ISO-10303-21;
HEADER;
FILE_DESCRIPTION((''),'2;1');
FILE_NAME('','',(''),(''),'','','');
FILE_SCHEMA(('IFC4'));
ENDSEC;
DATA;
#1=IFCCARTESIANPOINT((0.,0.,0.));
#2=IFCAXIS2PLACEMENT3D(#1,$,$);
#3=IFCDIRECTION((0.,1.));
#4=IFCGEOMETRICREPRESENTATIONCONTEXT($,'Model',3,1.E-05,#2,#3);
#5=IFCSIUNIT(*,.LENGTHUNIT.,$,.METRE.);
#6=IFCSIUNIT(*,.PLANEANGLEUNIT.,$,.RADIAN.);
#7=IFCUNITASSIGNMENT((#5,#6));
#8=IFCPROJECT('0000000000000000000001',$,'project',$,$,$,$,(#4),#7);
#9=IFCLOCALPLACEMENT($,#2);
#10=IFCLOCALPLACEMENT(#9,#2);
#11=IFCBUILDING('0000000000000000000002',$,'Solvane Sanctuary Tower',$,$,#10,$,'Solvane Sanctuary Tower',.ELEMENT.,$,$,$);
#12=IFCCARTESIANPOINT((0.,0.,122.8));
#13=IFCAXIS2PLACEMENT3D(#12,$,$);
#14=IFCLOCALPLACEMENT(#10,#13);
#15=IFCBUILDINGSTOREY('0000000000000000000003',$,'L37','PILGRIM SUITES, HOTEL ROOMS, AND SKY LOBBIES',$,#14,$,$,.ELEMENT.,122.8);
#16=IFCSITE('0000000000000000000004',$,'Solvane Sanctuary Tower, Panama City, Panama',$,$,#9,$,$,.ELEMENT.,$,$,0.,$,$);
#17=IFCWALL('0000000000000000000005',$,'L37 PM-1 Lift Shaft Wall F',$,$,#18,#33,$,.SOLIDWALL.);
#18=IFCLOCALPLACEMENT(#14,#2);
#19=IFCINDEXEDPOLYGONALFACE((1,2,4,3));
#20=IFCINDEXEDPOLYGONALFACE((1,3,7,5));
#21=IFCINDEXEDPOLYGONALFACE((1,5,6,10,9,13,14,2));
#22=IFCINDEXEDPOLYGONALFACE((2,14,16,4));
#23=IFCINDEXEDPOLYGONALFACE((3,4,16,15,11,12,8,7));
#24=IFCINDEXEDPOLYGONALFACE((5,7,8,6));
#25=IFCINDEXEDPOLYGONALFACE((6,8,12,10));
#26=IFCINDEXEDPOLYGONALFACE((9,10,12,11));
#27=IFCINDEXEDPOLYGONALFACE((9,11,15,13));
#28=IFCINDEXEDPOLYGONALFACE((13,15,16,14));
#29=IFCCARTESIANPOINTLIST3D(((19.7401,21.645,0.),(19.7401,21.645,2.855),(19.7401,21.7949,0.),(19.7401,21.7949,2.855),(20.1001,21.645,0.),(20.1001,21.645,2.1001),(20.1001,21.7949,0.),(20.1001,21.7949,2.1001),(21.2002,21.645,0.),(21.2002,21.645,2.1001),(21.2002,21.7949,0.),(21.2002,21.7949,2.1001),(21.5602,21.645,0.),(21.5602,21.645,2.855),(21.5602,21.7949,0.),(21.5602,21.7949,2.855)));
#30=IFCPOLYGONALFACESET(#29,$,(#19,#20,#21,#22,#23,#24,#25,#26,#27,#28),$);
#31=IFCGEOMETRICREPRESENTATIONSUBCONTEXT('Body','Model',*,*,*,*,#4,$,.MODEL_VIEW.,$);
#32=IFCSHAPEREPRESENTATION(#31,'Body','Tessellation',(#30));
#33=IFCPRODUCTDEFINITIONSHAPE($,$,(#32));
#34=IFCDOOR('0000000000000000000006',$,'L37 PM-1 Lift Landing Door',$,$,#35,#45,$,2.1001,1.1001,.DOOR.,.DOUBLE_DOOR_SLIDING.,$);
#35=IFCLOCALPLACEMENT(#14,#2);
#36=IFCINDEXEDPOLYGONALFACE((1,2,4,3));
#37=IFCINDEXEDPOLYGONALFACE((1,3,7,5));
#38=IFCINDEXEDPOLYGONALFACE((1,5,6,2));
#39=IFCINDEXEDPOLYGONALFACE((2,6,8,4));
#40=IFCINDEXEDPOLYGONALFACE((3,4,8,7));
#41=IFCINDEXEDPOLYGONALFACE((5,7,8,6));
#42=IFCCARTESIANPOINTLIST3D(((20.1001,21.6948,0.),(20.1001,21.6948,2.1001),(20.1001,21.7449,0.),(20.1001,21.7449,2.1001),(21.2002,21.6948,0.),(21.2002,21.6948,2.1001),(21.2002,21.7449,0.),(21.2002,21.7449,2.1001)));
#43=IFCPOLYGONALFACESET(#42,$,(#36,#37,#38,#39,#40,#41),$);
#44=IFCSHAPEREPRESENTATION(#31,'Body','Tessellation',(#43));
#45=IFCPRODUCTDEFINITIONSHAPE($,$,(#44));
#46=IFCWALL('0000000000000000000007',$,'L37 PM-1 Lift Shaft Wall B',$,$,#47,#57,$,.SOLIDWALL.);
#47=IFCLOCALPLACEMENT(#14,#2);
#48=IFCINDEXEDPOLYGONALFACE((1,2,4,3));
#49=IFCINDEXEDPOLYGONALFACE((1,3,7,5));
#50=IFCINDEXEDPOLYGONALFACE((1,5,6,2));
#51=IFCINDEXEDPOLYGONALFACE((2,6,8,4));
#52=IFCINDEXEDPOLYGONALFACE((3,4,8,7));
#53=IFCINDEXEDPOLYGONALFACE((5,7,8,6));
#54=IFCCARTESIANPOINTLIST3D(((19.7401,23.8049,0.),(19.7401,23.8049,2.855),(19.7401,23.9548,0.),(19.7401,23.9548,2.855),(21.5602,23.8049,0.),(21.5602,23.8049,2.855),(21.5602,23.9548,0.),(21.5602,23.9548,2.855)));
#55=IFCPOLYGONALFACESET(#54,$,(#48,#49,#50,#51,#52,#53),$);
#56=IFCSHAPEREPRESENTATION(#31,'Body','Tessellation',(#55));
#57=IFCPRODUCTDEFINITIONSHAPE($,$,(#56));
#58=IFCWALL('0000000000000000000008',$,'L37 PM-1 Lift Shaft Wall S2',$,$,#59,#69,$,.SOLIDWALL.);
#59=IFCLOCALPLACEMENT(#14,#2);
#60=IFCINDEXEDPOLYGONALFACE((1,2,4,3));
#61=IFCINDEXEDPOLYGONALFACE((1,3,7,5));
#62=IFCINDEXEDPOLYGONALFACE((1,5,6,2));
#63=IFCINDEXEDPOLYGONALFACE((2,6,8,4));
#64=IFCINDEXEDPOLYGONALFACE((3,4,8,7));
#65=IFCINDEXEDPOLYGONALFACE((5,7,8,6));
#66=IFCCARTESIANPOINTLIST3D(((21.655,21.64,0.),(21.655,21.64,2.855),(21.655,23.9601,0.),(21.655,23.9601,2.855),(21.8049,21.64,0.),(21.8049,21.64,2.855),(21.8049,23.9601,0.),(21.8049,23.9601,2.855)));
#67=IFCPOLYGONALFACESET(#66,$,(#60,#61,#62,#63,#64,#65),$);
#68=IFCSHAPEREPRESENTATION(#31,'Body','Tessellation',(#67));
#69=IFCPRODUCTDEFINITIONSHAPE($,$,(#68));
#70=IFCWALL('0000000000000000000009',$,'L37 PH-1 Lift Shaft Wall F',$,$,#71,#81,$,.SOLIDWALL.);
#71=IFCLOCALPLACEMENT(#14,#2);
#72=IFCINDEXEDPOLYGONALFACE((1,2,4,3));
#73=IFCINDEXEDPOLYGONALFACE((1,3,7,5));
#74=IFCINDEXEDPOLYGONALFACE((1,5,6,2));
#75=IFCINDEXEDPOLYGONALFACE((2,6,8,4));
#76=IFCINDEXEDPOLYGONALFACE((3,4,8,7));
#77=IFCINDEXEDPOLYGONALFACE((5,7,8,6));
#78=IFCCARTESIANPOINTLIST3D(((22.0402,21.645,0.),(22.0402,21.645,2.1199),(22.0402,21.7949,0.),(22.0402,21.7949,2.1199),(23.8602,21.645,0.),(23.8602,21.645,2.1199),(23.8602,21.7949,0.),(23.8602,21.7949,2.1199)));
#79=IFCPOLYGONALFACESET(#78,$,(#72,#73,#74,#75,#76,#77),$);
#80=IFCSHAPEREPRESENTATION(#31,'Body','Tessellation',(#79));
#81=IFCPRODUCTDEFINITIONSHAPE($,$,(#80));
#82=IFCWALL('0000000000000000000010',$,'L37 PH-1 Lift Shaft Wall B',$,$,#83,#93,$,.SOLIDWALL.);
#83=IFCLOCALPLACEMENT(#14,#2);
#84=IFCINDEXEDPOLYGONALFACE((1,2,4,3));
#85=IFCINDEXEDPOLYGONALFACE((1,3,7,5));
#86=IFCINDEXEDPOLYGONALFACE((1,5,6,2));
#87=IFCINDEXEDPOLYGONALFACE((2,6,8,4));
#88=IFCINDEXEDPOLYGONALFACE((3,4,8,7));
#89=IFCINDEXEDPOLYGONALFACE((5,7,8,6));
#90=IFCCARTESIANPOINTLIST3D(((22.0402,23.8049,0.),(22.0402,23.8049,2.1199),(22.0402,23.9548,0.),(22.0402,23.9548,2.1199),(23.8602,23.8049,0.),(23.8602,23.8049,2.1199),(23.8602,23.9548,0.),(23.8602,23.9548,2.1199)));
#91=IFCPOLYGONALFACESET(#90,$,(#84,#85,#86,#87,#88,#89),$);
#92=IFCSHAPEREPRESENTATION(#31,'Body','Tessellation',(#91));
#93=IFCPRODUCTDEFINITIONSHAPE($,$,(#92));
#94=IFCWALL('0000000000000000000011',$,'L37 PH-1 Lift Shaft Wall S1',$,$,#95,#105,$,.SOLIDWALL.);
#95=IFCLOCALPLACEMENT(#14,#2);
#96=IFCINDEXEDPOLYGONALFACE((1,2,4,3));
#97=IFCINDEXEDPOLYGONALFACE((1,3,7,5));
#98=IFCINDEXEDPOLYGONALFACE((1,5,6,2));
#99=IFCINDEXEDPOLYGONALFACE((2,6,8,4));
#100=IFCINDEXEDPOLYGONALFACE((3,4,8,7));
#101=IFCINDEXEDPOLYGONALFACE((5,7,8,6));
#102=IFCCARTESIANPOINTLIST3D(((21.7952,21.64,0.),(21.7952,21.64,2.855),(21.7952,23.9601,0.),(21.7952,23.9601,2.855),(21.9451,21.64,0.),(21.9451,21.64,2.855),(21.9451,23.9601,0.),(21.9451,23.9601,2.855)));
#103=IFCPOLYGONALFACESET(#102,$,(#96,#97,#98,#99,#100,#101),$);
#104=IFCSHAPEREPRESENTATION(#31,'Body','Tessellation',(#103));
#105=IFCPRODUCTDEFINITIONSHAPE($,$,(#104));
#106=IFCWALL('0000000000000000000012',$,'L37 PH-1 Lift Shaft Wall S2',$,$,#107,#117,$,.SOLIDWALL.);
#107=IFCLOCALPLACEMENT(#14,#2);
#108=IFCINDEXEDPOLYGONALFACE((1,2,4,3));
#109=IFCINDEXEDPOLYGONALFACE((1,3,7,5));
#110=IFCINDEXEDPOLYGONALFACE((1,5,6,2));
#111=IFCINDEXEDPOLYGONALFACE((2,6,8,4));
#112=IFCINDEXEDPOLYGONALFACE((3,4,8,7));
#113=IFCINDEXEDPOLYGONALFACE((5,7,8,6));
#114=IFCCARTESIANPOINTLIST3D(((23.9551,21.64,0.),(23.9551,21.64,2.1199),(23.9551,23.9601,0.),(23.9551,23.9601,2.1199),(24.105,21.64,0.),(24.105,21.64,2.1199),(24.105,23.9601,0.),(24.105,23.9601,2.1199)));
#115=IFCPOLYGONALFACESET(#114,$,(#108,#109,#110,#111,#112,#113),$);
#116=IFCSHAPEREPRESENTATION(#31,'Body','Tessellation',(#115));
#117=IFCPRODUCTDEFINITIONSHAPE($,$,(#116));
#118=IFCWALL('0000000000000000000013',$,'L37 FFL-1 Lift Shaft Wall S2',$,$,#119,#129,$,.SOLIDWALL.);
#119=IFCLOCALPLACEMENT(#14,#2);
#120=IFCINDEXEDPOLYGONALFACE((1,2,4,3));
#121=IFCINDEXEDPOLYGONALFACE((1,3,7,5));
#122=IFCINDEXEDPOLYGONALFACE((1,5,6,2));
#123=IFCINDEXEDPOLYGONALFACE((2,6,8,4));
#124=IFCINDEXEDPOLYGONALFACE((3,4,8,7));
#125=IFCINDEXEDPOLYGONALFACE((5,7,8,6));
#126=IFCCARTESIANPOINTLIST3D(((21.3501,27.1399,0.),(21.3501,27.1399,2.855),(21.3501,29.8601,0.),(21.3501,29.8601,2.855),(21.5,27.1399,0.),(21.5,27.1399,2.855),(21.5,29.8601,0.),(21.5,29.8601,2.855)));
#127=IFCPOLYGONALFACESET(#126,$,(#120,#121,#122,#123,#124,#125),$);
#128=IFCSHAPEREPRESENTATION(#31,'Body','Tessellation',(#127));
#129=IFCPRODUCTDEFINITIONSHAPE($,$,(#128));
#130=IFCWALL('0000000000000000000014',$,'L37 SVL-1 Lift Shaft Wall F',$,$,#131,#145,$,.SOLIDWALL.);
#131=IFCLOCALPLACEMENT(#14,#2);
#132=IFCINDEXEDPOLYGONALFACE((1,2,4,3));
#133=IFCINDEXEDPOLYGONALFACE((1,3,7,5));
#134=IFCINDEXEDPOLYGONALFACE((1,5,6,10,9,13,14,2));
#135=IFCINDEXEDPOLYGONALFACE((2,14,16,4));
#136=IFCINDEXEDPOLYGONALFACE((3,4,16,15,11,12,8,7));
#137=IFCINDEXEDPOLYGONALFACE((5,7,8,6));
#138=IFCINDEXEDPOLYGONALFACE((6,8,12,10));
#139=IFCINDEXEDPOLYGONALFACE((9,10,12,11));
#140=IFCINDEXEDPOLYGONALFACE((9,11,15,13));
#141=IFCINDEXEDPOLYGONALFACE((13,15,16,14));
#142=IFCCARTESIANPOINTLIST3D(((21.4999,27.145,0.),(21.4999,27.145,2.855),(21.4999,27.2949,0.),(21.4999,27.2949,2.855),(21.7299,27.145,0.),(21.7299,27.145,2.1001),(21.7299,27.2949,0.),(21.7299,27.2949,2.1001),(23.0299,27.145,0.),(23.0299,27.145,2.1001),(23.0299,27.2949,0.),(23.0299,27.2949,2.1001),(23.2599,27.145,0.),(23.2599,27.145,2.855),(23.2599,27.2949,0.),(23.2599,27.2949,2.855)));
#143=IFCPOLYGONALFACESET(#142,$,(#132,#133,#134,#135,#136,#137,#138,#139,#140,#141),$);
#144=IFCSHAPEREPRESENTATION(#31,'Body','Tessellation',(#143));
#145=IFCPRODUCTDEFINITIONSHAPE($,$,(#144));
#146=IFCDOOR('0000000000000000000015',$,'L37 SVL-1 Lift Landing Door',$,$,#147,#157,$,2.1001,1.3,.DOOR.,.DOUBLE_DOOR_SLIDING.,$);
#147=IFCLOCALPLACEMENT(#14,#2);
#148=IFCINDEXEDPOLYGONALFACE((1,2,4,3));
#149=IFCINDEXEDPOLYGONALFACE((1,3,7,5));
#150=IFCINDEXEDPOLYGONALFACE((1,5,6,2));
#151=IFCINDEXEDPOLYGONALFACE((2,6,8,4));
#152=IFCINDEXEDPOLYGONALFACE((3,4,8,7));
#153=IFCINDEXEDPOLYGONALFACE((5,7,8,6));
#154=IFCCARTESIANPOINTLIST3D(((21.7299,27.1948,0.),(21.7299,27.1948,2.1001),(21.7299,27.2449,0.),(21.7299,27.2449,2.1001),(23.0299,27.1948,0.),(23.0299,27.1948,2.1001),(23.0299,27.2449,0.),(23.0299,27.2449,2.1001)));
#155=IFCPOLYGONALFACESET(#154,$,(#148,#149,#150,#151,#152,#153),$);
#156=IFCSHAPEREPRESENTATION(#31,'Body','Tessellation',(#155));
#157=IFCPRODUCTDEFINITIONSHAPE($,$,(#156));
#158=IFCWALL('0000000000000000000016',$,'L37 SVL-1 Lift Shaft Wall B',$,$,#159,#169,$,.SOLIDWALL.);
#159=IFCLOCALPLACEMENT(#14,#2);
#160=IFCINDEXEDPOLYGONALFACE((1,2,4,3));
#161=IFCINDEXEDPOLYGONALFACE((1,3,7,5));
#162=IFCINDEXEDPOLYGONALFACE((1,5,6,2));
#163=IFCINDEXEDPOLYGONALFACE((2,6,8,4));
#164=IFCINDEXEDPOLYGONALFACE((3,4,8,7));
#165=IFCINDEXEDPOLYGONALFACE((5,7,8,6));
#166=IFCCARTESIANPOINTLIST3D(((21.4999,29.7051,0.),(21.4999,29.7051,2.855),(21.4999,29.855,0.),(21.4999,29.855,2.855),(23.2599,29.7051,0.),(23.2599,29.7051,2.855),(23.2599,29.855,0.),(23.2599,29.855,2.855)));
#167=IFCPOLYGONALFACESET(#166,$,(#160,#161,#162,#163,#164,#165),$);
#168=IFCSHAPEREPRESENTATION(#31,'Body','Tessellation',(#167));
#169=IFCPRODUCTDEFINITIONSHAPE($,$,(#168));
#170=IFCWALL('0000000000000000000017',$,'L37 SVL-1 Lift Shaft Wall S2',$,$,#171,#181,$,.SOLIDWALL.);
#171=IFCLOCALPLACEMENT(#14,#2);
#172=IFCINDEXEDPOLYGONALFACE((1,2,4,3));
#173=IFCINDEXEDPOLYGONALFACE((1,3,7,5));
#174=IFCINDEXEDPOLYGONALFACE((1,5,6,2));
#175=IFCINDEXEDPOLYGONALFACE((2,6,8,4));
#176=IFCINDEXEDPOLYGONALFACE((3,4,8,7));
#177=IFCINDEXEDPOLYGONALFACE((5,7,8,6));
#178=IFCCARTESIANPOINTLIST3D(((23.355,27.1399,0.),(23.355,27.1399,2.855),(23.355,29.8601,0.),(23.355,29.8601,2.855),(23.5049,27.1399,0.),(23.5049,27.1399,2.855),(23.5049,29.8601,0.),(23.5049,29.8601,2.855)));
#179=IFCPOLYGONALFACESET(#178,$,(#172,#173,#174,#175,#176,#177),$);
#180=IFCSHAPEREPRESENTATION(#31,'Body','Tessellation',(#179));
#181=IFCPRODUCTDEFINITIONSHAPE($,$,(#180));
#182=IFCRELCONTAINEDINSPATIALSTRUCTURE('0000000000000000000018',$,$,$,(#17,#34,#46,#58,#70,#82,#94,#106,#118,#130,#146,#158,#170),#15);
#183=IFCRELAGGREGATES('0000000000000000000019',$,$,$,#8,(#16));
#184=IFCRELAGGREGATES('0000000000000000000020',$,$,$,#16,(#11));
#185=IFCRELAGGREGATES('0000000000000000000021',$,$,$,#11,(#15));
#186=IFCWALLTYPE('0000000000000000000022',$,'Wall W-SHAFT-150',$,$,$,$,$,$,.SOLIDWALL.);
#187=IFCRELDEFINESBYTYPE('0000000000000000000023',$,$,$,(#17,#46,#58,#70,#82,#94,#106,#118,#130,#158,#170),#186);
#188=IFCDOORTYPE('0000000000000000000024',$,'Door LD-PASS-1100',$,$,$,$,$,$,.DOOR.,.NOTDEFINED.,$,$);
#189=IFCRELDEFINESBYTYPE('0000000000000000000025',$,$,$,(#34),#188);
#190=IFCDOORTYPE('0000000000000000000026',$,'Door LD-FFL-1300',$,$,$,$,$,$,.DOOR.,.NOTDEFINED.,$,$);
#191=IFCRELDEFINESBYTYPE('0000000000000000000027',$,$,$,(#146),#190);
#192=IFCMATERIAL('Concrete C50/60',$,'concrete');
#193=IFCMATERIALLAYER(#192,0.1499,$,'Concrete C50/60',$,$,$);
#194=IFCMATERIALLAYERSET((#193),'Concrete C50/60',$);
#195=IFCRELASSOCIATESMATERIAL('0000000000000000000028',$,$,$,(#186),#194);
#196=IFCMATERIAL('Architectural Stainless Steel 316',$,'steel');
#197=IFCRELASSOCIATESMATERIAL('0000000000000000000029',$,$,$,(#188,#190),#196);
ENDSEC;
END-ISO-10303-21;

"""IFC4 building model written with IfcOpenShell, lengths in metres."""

from ifc_helpers import new_model, si_unit, direction, frame, frame_2d, origin, place, context, subcontext, project, spatial, rectangle, extrude, material, layer, layer_set, type_object, element, fill, save


model = new_model("IFC4")

# Units and contexts
model_context = context("Model", 3, precision=1e-05, world=origin(), true_north=direction((0.0, 1.0)))
body_context = subcontext(model_context, "Body", "Model", "MODEL_VIEW")
ifc_project = project(units=[si_unit("LENGTHUNIT", "METRE"), si_unit("PLANEANGLEUNIT", "RADIAN")], contexts=[model_context])

# Site, building, storey
site_placement = place(None, origin())
site = spatial("IfcSite", under=ifc_project, at=site_placement, Name="Solvane Sanctuary Tower, Panama City, Panama", CompositionType="ELEMENT", RefElevation=0.0)
building_placement = place(site_placement, origin())
building = spatial("IfcBuilding", under=site, at=building_placement, Name="Solvane Sanctuary Tower", LongName="Solvane Sanctuary Tower", CompositionType="ELEMENT")
storey_placement = place(building_placement, frame((0.0, 0.0, 122.8)))
storey = spatial("IfcBuildingStorey", under=building, at=storey_placement, Name="L37", Description="PILGRIM SUITES, HOTEL ROOMS, AND SKY LOBBIES", CompositionType="ELEMENT", Elevation=122.8)

# Shared definitions
ifc_material_1 = material(Name="Architectural Stainless Steel 316", Category="steel")

# Wall, opening, door
ifc_material_2 = material(Name="Concrete C50/60", Category="concrete")
ifc_layer_1 = layer(ifc_material_2, 0.1499, Name="Concrete C50/60")
ifc_layer_set_1 = layer_set([ifc_layer_1], Name="Concrete C50/60")
wall_type_1 = type_object("IfcWallType", Name="Wall W-SHAFT-150", PredefinedType="SOLIDWALL", material=ifc_layer_set_1)
wall_1_placement = place(storey_placement, frame((19.74, 21.72, 0.0), z_axis=(0.0, 0.0, 1.0), x_axis=(1.0, 0.0, 0.0)))
wall_1 = element("IfcWall", 1, at=wall_1_placement, inside=storey, type_object=wall_type_1, Name="L37 PM-1 Lift Shaft Wall F", PredefinedType="SOLIDWALL", context=body_context, shape_type="SweptSolid", body=[
    extrude(rectangle(XDim=1.8201, YDim=0.1499, at=frame_2d((0.9102, 0.0))), origin(), (0.0, 0.0, 1.0), 2.855),
])
opening_1_placement = place(wall_1_placement, frame((0.3601, 0.0, 0.0)))
opening_1 = element("IfcOpeningElement", 2, at=opening_1_placement, cuts=wall_1, PredefinedType="OPENING", context=body_context, shape_type="SweptSolid", body=[
    extrude(rectangle(XDim=1.1001, YDim=2.1001, at=frame_2d((0.55, 1.05))), frame((0.0, 0.085, 0.0), z_axis=(0.0, -1.0, 0.0), x_axis=(1.0, 0.0, 0.0)), (0.0, 0.0, 1.0), 0.1699),
])
door_type_1 = type_object("IfcDoorType", Name="Door LD-PASS-1100", OperationType="NOTDEFINED", PredefinedType="DOOR", material=ifc_material_1)
door_1_placement = place(opening_1_placement, origin())
door_1 = element("IfcDoor", 3, at=door_1_placement, inside=storey, type_object=door_type_1, Name="L37 PM-1 Lift Landing Door", OperationType="DOUBLE_DOOR_SLIDING", OverallHeight=2.1001, OverallWidth=1.1001, PredefinedType="DOOR", context=body_context, shape_type="SweptSolid", body=[
    extrude(rectangle(XDim=1.1001, YDim=2.1001, at=frame_2d((0.55, 1.05))), frame((0.0, 0.0249, 0.0), z_axis=(0.0, -1.0, 0.0), x_axis=(1.0, 0.0, 0.0)), (0.0, 0.0, 1.0), 0.05),
])
fill(opening_1, door_1)

# Walls
wall_2_placement = place(storey_placement, frame((19.74, 23.8799, 0.0), z_axis=(0.0, 0.0, 1.0), x_axis=(1.0, 0.0, 0.0)))
element("IfcWall", 4, at=wall_2_placement, inside=storey, type_object=wall_type_1, Name="L37 PM-1 Lift Shaft Wall B", PredefinedType="SOLIDWALL", context=body_context, shape_type="SweptSolid", body=[
    extrude(rectangle(XDim=1.8201, YDim=0.1499, at=frame_2d((0.9102, 0.0))), origin(), (0.0, 0.0, 1.0), 2.855),
])
wall_3_placement = place(storey_placement, frame((21.73, 21.6399, 0.0), z_axis=(0.0, 0.0, 1.0), x_axis=(0.0, 1.0, 0.0)))
element("IfcWall", 5, at=wall_3_placement, inside=storey, type_object=wall_type_1, Name="L37 PM-1 Lift Shaft Wall S2", PredefinedType="SOLIDWALL", context=body_context, shape_type="SweptSolid", body=[
    extrude(rectangle(XDim=2.3201, YDim=0.1499, at=frame_2d((1.1602, 0.0))), origin(), (0.0, 0.0, 1.0), 2.855),
])
for number, where, z_axis, x_axis, name in (
    (6, (22.04, 21.72, 0.0), (0.0, 0.0, 1.0), (1.0, 0.0, 0.0), "L37 PH-1 Lift Shaft Wall F"),
    (7, (22.04, 23.8799, 0.0), (0.0, 0.0, 1.0), (1.0, 0.0, 0.0), "L37 PH-1 Lift Shaft Wall B"),
):
    element("IfcWall", number, at=place(storey_placement, frame(where, z_axis=z_axis, x_axis=x_axis)), inside=storey, type_object=wall_type_1, Name=name, PredefinedType="SOLIDWALL", context=body_context, shape_type="SweptSolid", body=[
        extrude(rectangle(XDim=1.8201, YDim=0.1499, at=frame_2d((0.9102, 0.0))), origin(), (0.0, 0.0, 1.0), 2.1199),
    ])
wall_4_placement = place(storey_placement, frame((21.8701, 21.6399, 0.0), z_axis=(0.0, 0.0, 1.0), x_axis=(0.0, 1.0, 0.0)))
element("IfcWall", 8, at=wall_4_placement, inside=storey, type_object=wall_type_1, Name="L37 PH-1 Lift Shaft Wall S1", PredefinedType="SOLIDWALL", context=body_context, shape_type="SweptSolid", body=[
    extrude(rectangle(XDim=2.3201, YDim=0.1499, at=frame_2d((1.1602, 0.0))), origin(), (0.0, 0.0, 1.0), 2.855),
])
wall_5_placement = place(storey_placement, frame((24.03, 21.6399, 0.0), z_axis=(0.0, 0.0, 1.0), x_axis=(0.0, 1.0, 0.0)))
element("IfcWall", 9, at=wall_5_placement, inside=storey, type_object=wall_type_1, Name="L37 PH-1 Lift Shaft Wall S2", PredefinedType="SOLIDWALL", context=body_context, shape_type="SweptSolid", body=[
    extrude(rectangle(XDim=2.3201, YDim=0.1499, at=frame_2d((1.1602, 0.0))), origin(), (0.0, 0.0, 1.0), 2.1199),
])
wall_6_placement = place(storey_placement, frame((21.425, 27.1399, 0.0), z_axis=(0.0, 0.0, 1.0), x_axis=(0.0, 1.0, 0.0)))
element("IfcWall", 10, at=wall_6_placement, inside=storey, type_object=wall_type_1, Name="L37 FFL-1 Lift Shaft Wall S2", PredefinedType="SOLIDWALL", context=body_context, shape_type="SweptSolid", body=[
    extrude(rectangle(XDim=2.7202, YDim=0.1499, at=frame_2d((1.3601, 0.0))), origin(), (0.0, 0.0, 1.0), 2.855),
])

# Wall, opening, door
wall_7_placement = place(storey_placement, frame((21.5, 27.22, 0.0), z_axis=(0.0, 0.0, 1.0), x_axis=(1.0, 0.0, 0.0)))
wall_7 = element("IfcWall", 11, at=wall_7_placement, inside=storey, type_object=wall_type_1, Name="L37 SVL-1 Lift Shaft Wall F", PredefinedType="SOLIDWALL", context=body_context, shape_type="SweptSolid", body=[
    extrude(rectangle(XDim=1.76, YDim=0.1499, at=frame_2d((0.8799, 0.0))), origin(), (0.0, 0.0, 1.0), 2.855),
])
opening_2_placement = place(wall_7_placement, frame((0.23, 0.0, 0.0)))
opening_2 = element("IfcOpeningElement", 12, at=opening_2_placement, cuts=wall_7, PredefinedType="OPENING", context=body_context, shape_type="SweptSolid", body=[
    extrude(rectangle(XDim=1.3, YDim=2.1001, at=frame_2d((0.6499, 1.05))), frame((0.0, 0.085, 0.0), z_axis=(0.0, -1.0, 0.0), x_axis=(1.0, 0.0, 0.0)), (0.0, 0.0, 1.0), 0.1699),
])
door_type_2 = type_object("IfcDoorType", Name="Door LD-FFL-1300", OperationType="NOTDEFINED", PredefinedType="DOOR", material=ifc_material_1)
door_2_placement = place(opening_2_placement, origin())
door_2 = element("IfcDoor", 13, at=door_2_placement, inside=storey, type_object=door_type_2, Name="L37 SVL-1 Lift Landing Door", OperationType="DOUBLE_DOOR_SLIDING", OverallHeight=2.1001, OverallWidth=1.3, PredefinedType="DOOR", context=body_context, shape_type="SweptSolid", body=[
    extrude(rectangle(XDim=1.3, YDim=2.1001, at=frame_2d((0.6499, 1.05))), frame((0.0, 0.0249, 0.0), z_axis=(0.0, -1.0, 0.0), x_axis=(1.0, 0.0, 0.0)), (0.0, 0.0, 1.0), 0.05),
])
fill(opening_2, door_2)

# Walls
wall_8_placement = place(storey_placement, frame((21.5, 29.78, 0.0), z_axis=(0.0, 0.0, 1.0), x_axis=(1.0, 0.0, 0.0)))
element("IfcWall", 14, at=wall_8_placement, inside=storey, type_object=wall_type_1, Name="L37 SVL-1 Lift Shaft Wall B", PredefinedType="SOLIDWALL", context=body_context, shape_type="SweptSolid", body=[
    extrude(rectangle(XDim=1.76, YDim=0.1499, at=frame_2d((0.8799, 0.0))), origin(), (0.0, 0.0, 1.0), 2.855),
])
wall_9_placement = place(storey_placement, frame((23.4299, 27.1399, 0.0), z_axis=(0.0, 0.0, 1.0), x_axis=(0.0, 1.0, 0.0)))
element("IfcWall", 15, at=wall_9_placement, inside=storey, type_object=wall_type_1, Name="L37 SVL-1 Lift Shaft Wall S2", PredefinedType="SOLIDWALL", context=body_context, shape_type="SweptSolid", body=[
    extrude(rectangle(XDim=2.7202, YDim=0.1499, at=frame_2d((1.3601, 0.0))), origin(), (0.0, 0.0, 1.0), 2.855),
])

save(model, "model.ifc")
